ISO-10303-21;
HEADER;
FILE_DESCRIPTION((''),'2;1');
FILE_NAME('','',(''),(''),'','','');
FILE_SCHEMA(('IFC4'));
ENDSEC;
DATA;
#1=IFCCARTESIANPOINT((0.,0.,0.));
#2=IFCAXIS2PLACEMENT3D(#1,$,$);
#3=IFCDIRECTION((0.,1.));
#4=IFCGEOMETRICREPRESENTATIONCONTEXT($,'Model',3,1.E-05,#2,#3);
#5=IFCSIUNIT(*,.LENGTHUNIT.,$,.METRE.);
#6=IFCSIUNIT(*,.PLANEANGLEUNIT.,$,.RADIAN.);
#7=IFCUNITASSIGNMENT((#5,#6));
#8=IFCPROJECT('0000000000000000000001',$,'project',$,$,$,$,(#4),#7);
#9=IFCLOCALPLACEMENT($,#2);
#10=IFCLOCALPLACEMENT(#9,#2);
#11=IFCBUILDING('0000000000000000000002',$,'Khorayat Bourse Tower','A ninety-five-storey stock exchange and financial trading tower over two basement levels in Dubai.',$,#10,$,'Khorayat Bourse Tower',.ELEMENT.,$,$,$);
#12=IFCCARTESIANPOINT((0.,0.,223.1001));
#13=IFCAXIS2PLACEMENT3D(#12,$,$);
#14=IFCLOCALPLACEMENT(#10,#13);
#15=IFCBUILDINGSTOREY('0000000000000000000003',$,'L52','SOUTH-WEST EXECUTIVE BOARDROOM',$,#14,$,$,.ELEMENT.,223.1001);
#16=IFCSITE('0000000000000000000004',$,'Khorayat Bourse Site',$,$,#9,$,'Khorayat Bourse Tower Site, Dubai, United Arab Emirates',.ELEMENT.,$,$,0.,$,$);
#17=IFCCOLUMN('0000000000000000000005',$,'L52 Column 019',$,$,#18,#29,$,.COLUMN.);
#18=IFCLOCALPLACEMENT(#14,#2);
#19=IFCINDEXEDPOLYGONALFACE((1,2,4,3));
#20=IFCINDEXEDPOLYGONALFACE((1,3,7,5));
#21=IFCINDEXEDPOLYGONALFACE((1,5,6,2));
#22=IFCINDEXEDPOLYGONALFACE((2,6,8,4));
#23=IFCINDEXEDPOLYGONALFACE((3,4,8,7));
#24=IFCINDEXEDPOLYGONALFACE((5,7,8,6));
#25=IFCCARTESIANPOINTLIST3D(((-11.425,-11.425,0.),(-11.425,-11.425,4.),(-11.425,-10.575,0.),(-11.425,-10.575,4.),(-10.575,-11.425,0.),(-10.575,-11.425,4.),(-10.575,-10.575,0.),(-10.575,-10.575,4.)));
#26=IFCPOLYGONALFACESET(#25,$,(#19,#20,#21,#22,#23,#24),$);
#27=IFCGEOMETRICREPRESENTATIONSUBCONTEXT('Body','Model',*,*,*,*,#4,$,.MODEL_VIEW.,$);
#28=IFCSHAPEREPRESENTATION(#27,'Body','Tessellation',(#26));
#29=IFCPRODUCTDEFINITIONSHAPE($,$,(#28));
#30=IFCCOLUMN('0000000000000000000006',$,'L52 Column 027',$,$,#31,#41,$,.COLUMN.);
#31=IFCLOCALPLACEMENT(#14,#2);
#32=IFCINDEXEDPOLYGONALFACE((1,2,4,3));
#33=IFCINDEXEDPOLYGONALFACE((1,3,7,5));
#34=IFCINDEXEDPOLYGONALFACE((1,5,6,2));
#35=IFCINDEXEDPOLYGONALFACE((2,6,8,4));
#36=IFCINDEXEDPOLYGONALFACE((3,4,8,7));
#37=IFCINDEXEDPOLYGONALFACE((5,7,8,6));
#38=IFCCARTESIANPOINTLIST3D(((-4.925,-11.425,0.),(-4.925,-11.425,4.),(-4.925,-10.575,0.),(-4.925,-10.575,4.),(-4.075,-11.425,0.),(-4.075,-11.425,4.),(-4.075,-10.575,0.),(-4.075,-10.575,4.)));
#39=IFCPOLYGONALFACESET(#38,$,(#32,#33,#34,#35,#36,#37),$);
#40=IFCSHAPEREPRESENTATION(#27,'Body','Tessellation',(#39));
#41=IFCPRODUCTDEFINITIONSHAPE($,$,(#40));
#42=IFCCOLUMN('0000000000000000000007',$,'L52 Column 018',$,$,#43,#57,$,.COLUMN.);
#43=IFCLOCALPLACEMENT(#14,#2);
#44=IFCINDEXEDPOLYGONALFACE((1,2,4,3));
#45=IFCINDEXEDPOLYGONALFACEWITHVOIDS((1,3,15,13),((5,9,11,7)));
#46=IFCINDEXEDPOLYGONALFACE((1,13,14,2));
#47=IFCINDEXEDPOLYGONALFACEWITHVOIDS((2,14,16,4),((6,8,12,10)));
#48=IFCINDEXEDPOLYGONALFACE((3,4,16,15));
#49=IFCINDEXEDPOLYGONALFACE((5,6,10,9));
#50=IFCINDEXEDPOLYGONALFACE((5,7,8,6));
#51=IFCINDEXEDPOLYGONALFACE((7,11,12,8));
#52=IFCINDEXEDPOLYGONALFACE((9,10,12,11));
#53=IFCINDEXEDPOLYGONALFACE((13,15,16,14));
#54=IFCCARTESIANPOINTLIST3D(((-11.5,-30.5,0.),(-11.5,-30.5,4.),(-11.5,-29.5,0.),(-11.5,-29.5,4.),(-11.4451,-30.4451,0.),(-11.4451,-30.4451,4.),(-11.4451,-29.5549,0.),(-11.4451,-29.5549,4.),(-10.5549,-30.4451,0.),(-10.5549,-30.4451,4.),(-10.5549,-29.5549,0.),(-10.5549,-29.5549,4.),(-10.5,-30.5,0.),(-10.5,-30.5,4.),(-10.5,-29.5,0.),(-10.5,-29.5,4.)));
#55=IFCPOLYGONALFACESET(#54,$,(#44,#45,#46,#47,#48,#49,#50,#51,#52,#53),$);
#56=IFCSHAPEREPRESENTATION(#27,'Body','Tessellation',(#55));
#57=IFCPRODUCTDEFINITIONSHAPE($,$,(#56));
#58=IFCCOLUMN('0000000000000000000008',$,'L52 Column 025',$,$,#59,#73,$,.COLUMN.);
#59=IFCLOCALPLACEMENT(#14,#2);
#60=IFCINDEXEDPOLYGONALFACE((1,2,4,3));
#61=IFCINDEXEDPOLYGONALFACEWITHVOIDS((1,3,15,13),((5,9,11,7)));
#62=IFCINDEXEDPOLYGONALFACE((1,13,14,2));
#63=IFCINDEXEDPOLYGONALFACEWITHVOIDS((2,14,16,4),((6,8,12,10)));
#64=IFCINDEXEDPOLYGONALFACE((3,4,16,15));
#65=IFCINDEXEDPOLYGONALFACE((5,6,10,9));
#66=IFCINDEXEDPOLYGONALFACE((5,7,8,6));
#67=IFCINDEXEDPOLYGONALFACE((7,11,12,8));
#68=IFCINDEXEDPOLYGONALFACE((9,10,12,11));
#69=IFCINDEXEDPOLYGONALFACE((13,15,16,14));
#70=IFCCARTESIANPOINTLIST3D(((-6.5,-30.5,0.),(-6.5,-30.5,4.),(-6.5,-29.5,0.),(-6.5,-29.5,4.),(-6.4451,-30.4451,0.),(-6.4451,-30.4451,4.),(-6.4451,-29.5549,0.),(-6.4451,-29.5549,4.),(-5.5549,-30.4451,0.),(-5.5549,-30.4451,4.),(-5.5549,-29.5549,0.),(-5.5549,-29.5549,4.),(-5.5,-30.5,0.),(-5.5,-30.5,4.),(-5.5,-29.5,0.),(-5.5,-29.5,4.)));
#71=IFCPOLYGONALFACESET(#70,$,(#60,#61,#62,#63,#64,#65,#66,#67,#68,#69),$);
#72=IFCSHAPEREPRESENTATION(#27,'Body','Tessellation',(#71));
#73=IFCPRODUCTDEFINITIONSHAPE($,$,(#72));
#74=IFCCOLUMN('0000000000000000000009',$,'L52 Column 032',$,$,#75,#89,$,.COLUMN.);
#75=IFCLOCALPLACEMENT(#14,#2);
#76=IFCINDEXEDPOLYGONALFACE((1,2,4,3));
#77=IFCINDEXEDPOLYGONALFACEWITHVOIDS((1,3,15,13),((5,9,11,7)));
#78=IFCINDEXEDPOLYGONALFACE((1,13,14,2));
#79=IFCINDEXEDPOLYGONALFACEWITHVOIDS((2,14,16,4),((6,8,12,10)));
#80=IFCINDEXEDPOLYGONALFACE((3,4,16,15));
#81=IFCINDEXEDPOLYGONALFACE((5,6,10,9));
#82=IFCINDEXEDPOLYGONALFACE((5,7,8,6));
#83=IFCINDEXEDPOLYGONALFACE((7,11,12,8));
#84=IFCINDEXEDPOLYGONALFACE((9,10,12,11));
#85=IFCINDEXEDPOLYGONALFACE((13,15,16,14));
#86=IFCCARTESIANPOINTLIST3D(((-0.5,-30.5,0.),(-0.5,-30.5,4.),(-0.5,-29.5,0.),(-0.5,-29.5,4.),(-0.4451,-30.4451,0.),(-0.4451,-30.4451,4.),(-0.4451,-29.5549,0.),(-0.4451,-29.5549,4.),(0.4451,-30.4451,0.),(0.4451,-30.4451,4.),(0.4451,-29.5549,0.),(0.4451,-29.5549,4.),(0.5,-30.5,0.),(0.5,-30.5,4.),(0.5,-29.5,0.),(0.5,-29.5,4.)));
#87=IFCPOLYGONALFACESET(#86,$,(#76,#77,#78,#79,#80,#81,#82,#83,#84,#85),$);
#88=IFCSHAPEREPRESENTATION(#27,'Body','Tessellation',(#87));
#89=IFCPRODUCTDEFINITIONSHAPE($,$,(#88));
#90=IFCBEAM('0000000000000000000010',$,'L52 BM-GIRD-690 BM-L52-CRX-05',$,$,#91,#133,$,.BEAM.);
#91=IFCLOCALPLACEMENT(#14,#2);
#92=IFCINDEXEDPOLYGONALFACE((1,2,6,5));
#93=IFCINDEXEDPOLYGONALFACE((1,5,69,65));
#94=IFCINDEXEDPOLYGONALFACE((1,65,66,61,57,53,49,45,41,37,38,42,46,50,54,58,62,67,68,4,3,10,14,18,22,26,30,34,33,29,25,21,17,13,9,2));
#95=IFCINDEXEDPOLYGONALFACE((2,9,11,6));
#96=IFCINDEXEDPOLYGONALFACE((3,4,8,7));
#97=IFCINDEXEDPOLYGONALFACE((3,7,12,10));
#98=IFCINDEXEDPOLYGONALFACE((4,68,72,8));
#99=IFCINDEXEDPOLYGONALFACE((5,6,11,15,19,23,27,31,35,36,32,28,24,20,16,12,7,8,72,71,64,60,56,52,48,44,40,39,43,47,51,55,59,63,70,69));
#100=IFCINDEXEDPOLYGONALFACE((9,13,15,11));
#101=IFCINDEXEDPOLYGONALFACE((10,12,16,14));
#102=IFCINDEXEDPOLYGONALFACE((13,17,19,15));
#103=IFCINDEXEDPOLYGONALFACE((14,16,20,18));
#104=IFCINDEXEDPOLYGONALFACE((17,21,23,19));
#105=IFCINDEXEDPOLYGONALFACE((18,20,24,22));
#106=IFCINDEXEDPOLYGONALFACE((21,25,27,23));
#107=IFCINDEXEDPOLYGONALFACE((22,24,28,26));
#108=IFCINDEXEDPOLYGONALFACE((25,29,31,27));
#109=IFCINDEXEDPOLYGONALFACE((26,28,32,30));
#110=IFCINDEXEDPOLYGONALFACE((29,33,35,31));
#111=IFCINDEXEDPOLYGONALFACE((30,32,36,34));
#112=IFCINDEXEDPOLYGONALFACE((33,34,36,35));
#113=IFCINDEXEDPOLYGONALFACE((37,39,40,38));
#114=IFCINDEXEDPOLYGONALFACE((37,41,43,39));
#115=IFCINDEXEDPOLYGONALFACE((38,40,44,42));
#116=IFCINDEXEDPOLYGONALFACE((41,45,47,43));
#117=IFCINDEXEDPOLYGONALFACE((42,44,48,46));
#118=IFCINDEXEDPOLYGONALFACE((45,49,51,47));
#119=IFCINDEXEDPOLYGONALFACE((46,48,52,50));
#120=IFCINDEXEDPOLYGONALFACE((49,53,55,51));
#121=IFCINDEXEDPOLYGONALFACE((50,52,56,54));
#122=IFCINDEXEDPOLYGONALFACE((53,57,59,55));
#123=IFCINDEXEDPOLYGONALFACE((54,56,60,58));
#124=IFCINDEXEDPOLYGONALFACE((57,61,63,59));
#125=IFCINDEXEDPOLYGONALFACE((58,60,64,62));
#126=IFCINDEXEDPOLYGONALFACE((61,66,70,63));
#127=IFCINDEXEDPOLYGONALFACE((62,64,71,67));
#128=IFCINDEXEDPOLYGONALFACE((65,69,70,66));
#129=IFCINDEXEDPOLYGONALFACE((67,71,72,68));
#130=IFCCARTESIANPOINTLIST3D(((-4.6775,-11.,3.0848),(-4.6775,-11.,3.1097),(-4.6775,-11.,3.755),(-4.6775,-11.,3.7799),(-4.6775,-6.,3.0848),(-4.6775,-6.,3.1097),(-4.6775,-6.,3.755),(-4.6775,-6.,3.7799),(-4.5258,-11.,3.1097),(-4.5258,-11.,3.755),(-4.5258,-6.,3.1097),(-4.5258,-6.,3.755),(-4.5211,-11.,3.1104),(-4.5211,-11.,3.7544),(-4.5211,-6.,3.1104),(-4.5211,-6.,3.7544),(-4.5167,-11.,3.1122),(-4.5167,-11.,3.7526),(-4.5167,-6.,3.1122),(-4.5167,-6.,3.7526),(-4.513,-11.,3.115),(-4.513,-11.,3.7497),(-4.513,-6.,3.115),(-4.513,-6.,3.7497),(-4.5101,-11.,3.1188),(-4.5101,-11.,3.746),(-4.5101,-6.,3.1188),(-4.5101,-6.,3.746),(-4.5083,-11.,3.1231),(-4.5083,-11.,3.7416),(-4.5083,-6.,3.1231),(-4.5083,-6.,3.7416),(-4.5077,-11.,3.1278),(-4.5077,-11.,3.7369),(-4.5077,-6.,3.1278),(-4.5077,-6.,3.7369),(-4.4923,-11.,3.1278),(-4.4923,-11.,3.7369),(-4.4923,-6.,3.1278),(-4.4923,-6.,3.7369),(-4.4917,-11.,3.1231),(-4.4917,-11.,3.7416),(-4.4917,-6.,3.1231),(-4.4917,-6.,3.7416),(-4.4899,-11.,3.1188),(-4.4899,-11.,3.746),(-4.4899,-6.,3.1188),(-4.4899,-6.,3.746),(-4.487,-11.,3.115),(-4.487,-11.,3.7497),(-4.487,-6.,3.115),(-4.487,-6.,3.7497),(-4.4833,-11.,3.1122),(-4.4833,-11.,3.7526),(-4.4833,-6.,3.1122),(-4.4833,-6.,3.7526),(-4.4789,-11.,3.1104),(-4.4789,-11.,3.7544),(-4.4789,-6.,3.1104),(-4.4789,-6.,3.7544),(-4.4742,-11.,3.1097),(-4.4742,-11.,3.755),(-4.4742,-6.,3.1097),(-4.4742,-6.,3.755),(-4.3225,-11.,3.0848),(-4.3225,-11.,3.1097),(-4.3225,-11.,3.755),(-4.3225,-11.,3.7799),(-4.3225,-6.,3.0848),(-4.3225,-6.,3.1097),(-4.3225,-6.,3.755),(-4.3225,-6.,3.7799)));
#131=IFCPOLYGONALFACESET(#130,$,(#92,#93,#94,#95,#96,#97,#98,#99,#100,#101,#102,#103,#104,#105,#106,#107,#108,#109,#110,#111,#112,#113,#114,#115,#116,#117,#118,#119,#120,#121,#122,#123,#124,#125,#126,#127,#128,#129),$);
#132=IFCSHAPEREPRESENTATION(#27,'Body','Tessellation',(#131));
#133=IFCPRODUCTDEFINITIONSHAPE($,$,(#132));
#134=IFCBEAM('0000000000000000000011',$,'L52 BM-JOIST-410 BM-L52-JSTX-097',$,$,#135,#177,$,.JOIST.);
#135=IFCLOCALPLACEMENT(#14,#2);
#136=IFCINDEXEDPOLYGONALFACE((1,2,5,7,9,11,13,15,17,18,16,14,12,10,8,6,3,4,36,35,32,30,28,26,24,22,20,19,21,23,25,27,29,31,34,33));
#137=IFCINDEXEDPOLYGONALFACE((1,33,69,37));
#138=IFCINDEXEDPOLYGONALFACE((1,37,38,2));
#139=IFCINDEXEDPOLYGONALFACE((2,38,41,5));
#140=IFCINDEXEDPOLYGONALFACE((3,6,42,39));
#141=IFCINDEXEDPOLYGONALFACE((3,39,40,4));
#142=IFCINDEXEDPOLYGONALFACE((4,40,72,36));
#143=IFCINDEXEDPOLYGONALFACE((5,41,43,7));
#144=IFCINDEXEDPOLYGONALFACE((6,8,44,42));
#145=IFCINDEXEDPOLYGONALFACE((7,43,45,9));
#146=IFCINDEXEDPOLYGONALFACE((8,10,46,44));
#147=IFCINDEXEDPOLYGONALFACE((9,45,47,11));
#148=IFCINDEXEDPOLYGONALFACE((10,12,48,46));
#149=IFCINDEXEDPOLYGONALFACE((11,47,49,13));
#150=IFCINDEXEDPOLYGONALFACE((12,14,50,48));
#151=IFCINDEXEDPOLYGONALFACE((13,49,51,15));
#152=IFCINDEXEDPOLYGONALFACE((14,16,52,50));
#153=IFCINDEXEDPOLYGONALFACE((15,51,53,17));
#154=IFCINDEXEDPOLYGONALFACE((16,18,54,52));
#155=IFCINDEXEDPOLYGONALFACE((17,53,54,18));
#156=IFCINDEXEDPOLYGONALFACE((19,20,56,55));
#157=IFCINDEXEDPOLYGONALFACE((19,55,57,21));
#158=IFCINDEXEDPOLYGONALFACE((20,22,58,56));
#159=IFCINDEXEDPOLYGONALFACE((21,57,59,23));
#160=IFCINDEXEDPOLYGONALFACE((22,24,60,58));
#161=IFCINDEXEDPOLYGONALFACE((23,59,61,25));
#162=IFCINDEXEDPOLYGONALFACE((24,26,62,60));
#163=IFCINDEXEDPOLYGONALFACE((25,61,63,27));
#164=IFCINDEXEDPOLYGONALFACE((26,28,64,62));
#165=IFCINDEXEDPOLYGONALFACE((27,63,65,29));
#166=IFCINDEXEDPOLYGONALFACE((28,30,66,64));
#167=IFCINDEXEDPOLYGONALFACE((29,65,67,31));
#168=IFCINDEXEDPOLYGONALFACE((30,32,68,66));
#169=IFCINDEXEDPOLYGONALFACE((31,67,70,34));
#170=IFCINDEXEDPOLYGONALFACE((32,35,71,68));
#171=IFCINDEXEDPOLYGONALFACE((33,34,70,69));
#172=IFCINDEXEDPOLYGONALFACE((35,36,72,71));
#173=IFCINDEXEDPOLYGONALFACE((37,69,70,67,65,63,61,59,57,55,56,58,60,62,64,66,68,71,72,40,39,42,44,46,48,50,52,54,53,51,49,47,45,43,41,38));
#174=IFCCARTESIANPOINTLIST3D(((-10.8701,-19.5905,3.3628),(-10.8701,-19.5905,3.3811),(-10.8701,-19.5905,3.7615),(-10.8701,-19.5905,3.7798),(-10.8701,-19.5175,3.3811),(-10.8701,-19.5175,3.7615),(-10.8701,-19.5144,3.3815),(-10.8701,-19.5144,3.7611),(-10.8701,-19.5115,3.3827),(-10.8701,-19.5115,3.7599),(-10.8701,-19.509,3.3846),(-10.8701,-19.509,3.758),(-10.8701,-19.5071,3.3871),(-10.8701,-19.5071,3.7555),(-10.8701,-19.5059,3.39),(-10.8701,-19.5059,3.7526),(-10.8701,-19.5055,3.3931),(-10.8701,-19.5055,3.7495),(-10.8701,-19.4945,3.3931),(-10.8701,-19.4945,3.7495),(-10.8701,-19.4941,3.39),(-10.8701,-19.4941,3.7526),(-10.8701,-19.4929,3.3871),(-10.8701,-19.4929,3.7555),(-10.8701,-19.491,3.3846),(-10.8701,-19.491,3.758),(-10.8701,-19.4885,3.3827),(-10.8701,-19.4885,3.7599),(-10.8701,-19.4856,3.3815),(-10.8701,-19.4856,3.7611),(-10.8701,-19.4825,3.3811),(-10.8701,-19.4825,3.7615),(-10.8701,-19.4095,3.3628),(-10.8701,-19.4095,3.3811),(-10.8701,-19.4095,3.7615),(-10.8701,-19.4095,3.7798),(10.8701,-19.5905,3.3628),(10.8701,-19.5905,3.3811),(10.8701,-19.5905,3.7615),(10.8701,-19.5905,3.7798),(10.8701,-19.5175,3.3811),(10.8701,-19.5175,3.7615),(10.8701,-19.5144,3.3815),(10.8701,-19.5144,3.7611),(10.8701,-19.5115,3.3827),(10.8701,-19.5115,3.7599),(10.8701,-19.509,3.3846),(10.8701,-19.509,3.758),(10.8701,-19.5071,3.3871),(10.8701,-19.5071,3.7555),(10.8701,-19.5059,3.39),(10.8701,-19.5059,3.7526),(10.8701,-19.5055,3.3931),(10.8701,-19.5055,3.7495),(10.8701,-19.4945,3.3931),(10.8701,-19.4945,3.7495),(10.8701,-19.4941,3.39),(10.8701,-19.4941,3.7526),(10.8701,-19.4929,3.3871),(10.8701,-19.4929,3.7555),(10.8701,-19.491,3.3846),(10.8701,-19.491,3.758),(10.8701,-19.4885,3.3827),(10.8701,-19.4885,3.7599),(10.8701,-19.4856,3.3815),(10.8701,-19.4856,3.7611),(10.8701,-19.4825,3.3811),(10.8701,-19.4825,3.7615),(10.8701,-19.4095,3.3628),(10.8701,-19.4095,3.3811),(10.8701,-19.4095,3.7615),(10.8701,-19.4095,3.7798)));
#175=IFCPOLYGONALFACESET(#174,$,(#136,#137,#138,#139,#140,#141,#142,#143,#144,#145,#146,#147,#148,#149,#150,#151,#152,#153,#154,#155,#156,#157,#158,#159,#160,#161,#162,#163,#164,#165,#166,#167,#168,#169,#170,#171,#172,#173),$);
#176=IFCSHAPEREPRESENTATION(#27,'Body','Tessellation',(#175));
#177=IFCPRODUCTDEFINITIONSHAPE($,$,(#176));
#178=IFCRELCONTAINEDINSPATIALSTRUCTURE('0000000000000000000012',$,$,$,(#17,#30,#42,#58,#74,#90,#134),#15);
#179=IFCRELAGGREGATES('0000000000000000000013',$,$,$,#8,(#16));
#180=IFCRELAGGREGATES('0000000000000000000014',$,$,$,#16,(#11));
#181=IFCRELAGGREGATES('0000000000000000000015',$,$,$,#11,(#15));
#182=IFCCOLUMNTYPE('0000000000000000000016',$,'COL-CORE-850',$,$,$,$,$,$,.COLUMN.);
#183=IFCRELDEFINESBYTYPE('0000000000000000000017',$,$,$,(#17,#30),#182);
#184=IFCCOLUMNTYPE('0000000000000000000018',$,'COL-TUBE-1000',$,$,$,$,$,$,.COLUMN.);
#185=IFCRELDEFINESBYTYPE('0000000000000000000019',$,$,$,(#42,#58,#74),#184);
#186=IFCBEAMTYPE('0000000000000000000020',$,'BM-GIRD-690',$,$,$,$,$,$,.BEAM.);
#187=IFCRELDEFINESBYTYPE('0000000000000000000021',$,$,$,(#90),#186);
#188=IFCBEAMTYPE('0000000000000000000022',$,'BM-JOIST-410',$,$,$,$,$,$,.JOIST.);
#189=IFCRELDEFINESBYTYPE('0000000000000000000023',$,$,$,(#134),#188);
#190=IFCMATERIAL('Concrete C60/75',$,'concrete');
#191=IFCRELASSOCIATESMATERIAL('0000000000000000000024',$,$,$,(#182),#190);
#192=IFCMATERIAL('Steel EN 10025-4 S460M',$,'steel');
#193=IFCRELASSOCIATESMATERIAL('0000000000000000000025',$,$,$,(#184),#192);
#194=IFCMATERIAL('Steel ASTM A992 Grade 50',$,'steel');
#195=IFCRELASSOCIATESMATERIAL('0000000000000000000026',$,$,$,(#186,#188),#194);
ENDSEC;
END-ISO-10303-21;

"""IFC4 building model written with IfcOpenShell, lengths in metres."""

from ifc_helpers import new_model, si_unit, direction, frame, origin, origin_2d, place, context, subcontext, project, spatial, rectangle, hollow_rectangle, i_section, extrude, source, transform, mapped, material, material_profile, profile_set, type_object, element, save


model = new_model("IFC4")

# Units and contexts
model_context = context("Model", 3, precision=1e-05, world=origin(), true_north=direction((0.0, 1.0)))
body_context = subcontext(model_context, "Body", "Model", "MODEL_VIEW")
ifc_project = project(units=[si_unit("LENGTHUNIT", "METRE"), si_unit("PLANEANGLEUNIT", "RADIAN")], contexts=[model_context])

# Site, building, storey
site_placement = place(None, origin())
site = spatial("IfcSite", under=ifc_project, at=site_placement, Name="Khorayat Bourse Site", LongName="Khorayat Bourse Tower Site, Dubai, United Arab Emirates", CompositionType="ELEMENT", RefElevation=0.0)
building_placement = place(site_placement, origin())
building = spatial("IfcBuilding", under=site, at=building_placement, Name="Khorayat Bourse Tower", Description="A ninety-five-storey stock exchange and financial trading tower over two basement levels in Dubai.", LongName="Khorayat Bourse Tower", CompositionType="ELEMENT")
storey_placement = place(building_placement, frame((0.0, 0.0, 223.1001)))
storey = spatial("IfcBuildingStorey", under=building, at=storey_placement, Name="L52", Description="SOUTH-WEST EXECUTIVE BOARDROOM", CompositionType="ELEMENT", Elevation=223.1001)

# Columns
ifc_material_1 = material(Name="Concrete C60/75", Category="concrete")
ifc_material_profile_1 = material_profile(ifc_material_1, rectangle(XDim=0.8501, YDim=0.8501, at=origin_2d()), Name="RC 850x850")
ifc_profile_set_1 = profile_set([ifc_material_profile_1], Name="Concrete C60/75")
column_type_1 = type_object("IfcColumnType", Name="COL-CORE-850", PredefinedType="COLUMN", material=ifc_profile_set_1)
shared_shape_1 = source(origin(), body_context, "Body", "SweptSolid", [
    extrude(rectangle(XDim=0.8501, YDim=0.8501, at=origin_2d()), origin(), (0.0, 0.0, 1.0), 4.0),
])
for number, where, z_axis, x_axis, name in (
    (1, (-11.0, -11.0, 0.0), (0.0, 0.0, 1.0), (1.0, 0.0, 0.0), "L52 Column 019"),
    (2, (-4.5, -11.0, 0.0), (0.0, 0.0, 1.0), (1.0, 0.0, 0.0), "L52 Column 027"),
):
    element("IfcColumn", number, at=place(storey_placement, frame(where, z_axis=z_axis, x_axis=x_axis)), inside=storey, type_object=column_type_1, Name=name, PredefinedType="COLUMN", context=body_context, shape_type="MappedRepresentation", body=[
        mapped(shared_shape_1, transform((0.0, 0.0, 0.0), scale=1.0)),
    ])
ifc_material_2 = material(Name="Steel EN 10025-4 S460M", Category="steel")
ifc_material_profile_2 = material_profile(ifc_material_2, hollow_rectangle(XDim=1.0, YDim=1.0, WallThickness=0.0549, at=origin_2d()), Name="BOX 1000x1000x55")
ifc_profile_set_2 = profile_set([ifc_material_profile_2], Name="Steel EN 10025-4 S460M")
column_type_2 = type_object("IfcColumnType", Name="COL-TUBE-1000", PredefinedType="COLUMN", material=ifc_profile_set_2)
shared_shape_2 = source(origin(), body_context, "Body", "SweptSolid", [
    extrude(hollow_rectangle(XDim=1.0, YDim=1.0, WallThickness=0.0549, at=origin_2d()), origin(), (0.0, 0.0, 1.0), 4.0),
])
for number, where, z_axis, x_axis, name in (
    (3, (-11.0, -30.0, 0.0), (0.0, 0.0, 1.0), (1.0, 0.0, 0.0), "L52 Column 018"),
    (4, (-6.0, -30.0, 0.0), (0.0, 0.0, 1.0), (1.0, 0.0, 0.0), "L52 Column 025"),
    (5, (0.0, -30.0, 0.0), (0.0, 0.0, 1.0), (1.0, 0.0, 0.0), "L52 Column 032"),
):
    element("IfcColumn", number, at=place(storey_placement, frame(where, z_axis=z_axis, x_axis=x_axis)), inside=storey, type_object=column_type_2, Name=name, PredefinedType="COLUMN", context=body_context, shape_type="MappedRepresentation", body=[
        mapped(shared_shape_2, transform((0.0, 0.0, 0.0), scale=1.0)),
    ])

# Beams
ifc_material_3 = material(Name="Steel ASTM A992 Grade 50", Category="steel")
ifc_material_profile_3 = material_profile(ifc_material_3, i_section(OverallWidth=0.355, OverallDepth=0.6951, WebThickness=0.0154, FlangeThickness=0.0249, FilletRadius=0.0181, at=origin_2d()), Name="W690X217")
ifc_profile_set_3 = profile_set([ifc_material_profile_3], Name="Steel ASTM A992 Grade 50")
beam_type_1 = type_object("IfcBeamType", Name="BM-GIRD-690", PredefinedType="BEAM", material=ifc_profile_set_3)
shared_shape_3 = source(origin(), body_context, "Body", "SweptSolid", [
    extrude(i_section(OverallWidth=0.355, OverallDepth=0.6951, WebThickness=0.0154, FlangeThickness=0.0249, FilletRadius=0.0181, at=origin_2d()), origin(), (0.0, 0.0, 1.0), 5.0),
])
beam_1_placement = place(storey_placement, frame((-4.5, -11.0, 3.4324), z_axis=(0.0, 1.0, 0.0), x_axis=(-1.0, 0.0, 0.0)))
element("IfcBeam", 6, at=beam_1_placement, inside=storey, type_object=beam_type_1, Name="L52 BM-GIRD-690 BM-L52-CRX-05", PredefinedType="BEAM", context=body_context, shape_type="MappedRepresentation", body=[
    mapped(shared_shape_3, transform((0.0, 0.0, 0.0), scale=1.0)),
])
ifc_material_profile_4 = material_profile(ifc_material_3, i_section(OverallWidth=0.1809, OverallDepth=0.417, WebThickness=0.011, FlangeThickness=0.0183, FilletRadius=0.012, at=origin_2d()), Name="W410X85")
ifc_profile_set_4 = profile_set([ifc_material_profile_4], Name="Steel ASTM A992 Grade 50")
beam_type_2 = type_object("IfcBeamType", Name="BM-JOIST-410", PredefinedType="JOIST", material=ifc_profile_set_4)
shared_shape_4 = source(origin(), body_context, "Body", "SweptSolid", [
    extrude(i_section(OverallWidth=0.1809, OverallDepth=0.417, WebThickness=0.011, FlangeThickness=0.0183, FilletRadius=0.012, at=origin_2d()), origin(), (0.0, 0.0, 1.0), 21.7402),
])
beam_2_placement = place(storey_placement, frame((-10.8701, -19.5, 3.5713), z_axis=(1.0, 0.0, 0.0), x_axis=(0.0, 1.0, 0.0)))
element("IfcBeam", 7, at=beam_2_placement, inside=storey, type_object=beam_type_2, Name="L52 BM-JOIST-410 BM-L52-JSTX-097", PredefinedType="JOIST", context=body_context, shape_type="MappedRepresentation", body=[
    mapped(shared_shape_4, transform((0.0, 0.0, 0.0), scale=1.0)),
])

save(model, "model.ifc")
